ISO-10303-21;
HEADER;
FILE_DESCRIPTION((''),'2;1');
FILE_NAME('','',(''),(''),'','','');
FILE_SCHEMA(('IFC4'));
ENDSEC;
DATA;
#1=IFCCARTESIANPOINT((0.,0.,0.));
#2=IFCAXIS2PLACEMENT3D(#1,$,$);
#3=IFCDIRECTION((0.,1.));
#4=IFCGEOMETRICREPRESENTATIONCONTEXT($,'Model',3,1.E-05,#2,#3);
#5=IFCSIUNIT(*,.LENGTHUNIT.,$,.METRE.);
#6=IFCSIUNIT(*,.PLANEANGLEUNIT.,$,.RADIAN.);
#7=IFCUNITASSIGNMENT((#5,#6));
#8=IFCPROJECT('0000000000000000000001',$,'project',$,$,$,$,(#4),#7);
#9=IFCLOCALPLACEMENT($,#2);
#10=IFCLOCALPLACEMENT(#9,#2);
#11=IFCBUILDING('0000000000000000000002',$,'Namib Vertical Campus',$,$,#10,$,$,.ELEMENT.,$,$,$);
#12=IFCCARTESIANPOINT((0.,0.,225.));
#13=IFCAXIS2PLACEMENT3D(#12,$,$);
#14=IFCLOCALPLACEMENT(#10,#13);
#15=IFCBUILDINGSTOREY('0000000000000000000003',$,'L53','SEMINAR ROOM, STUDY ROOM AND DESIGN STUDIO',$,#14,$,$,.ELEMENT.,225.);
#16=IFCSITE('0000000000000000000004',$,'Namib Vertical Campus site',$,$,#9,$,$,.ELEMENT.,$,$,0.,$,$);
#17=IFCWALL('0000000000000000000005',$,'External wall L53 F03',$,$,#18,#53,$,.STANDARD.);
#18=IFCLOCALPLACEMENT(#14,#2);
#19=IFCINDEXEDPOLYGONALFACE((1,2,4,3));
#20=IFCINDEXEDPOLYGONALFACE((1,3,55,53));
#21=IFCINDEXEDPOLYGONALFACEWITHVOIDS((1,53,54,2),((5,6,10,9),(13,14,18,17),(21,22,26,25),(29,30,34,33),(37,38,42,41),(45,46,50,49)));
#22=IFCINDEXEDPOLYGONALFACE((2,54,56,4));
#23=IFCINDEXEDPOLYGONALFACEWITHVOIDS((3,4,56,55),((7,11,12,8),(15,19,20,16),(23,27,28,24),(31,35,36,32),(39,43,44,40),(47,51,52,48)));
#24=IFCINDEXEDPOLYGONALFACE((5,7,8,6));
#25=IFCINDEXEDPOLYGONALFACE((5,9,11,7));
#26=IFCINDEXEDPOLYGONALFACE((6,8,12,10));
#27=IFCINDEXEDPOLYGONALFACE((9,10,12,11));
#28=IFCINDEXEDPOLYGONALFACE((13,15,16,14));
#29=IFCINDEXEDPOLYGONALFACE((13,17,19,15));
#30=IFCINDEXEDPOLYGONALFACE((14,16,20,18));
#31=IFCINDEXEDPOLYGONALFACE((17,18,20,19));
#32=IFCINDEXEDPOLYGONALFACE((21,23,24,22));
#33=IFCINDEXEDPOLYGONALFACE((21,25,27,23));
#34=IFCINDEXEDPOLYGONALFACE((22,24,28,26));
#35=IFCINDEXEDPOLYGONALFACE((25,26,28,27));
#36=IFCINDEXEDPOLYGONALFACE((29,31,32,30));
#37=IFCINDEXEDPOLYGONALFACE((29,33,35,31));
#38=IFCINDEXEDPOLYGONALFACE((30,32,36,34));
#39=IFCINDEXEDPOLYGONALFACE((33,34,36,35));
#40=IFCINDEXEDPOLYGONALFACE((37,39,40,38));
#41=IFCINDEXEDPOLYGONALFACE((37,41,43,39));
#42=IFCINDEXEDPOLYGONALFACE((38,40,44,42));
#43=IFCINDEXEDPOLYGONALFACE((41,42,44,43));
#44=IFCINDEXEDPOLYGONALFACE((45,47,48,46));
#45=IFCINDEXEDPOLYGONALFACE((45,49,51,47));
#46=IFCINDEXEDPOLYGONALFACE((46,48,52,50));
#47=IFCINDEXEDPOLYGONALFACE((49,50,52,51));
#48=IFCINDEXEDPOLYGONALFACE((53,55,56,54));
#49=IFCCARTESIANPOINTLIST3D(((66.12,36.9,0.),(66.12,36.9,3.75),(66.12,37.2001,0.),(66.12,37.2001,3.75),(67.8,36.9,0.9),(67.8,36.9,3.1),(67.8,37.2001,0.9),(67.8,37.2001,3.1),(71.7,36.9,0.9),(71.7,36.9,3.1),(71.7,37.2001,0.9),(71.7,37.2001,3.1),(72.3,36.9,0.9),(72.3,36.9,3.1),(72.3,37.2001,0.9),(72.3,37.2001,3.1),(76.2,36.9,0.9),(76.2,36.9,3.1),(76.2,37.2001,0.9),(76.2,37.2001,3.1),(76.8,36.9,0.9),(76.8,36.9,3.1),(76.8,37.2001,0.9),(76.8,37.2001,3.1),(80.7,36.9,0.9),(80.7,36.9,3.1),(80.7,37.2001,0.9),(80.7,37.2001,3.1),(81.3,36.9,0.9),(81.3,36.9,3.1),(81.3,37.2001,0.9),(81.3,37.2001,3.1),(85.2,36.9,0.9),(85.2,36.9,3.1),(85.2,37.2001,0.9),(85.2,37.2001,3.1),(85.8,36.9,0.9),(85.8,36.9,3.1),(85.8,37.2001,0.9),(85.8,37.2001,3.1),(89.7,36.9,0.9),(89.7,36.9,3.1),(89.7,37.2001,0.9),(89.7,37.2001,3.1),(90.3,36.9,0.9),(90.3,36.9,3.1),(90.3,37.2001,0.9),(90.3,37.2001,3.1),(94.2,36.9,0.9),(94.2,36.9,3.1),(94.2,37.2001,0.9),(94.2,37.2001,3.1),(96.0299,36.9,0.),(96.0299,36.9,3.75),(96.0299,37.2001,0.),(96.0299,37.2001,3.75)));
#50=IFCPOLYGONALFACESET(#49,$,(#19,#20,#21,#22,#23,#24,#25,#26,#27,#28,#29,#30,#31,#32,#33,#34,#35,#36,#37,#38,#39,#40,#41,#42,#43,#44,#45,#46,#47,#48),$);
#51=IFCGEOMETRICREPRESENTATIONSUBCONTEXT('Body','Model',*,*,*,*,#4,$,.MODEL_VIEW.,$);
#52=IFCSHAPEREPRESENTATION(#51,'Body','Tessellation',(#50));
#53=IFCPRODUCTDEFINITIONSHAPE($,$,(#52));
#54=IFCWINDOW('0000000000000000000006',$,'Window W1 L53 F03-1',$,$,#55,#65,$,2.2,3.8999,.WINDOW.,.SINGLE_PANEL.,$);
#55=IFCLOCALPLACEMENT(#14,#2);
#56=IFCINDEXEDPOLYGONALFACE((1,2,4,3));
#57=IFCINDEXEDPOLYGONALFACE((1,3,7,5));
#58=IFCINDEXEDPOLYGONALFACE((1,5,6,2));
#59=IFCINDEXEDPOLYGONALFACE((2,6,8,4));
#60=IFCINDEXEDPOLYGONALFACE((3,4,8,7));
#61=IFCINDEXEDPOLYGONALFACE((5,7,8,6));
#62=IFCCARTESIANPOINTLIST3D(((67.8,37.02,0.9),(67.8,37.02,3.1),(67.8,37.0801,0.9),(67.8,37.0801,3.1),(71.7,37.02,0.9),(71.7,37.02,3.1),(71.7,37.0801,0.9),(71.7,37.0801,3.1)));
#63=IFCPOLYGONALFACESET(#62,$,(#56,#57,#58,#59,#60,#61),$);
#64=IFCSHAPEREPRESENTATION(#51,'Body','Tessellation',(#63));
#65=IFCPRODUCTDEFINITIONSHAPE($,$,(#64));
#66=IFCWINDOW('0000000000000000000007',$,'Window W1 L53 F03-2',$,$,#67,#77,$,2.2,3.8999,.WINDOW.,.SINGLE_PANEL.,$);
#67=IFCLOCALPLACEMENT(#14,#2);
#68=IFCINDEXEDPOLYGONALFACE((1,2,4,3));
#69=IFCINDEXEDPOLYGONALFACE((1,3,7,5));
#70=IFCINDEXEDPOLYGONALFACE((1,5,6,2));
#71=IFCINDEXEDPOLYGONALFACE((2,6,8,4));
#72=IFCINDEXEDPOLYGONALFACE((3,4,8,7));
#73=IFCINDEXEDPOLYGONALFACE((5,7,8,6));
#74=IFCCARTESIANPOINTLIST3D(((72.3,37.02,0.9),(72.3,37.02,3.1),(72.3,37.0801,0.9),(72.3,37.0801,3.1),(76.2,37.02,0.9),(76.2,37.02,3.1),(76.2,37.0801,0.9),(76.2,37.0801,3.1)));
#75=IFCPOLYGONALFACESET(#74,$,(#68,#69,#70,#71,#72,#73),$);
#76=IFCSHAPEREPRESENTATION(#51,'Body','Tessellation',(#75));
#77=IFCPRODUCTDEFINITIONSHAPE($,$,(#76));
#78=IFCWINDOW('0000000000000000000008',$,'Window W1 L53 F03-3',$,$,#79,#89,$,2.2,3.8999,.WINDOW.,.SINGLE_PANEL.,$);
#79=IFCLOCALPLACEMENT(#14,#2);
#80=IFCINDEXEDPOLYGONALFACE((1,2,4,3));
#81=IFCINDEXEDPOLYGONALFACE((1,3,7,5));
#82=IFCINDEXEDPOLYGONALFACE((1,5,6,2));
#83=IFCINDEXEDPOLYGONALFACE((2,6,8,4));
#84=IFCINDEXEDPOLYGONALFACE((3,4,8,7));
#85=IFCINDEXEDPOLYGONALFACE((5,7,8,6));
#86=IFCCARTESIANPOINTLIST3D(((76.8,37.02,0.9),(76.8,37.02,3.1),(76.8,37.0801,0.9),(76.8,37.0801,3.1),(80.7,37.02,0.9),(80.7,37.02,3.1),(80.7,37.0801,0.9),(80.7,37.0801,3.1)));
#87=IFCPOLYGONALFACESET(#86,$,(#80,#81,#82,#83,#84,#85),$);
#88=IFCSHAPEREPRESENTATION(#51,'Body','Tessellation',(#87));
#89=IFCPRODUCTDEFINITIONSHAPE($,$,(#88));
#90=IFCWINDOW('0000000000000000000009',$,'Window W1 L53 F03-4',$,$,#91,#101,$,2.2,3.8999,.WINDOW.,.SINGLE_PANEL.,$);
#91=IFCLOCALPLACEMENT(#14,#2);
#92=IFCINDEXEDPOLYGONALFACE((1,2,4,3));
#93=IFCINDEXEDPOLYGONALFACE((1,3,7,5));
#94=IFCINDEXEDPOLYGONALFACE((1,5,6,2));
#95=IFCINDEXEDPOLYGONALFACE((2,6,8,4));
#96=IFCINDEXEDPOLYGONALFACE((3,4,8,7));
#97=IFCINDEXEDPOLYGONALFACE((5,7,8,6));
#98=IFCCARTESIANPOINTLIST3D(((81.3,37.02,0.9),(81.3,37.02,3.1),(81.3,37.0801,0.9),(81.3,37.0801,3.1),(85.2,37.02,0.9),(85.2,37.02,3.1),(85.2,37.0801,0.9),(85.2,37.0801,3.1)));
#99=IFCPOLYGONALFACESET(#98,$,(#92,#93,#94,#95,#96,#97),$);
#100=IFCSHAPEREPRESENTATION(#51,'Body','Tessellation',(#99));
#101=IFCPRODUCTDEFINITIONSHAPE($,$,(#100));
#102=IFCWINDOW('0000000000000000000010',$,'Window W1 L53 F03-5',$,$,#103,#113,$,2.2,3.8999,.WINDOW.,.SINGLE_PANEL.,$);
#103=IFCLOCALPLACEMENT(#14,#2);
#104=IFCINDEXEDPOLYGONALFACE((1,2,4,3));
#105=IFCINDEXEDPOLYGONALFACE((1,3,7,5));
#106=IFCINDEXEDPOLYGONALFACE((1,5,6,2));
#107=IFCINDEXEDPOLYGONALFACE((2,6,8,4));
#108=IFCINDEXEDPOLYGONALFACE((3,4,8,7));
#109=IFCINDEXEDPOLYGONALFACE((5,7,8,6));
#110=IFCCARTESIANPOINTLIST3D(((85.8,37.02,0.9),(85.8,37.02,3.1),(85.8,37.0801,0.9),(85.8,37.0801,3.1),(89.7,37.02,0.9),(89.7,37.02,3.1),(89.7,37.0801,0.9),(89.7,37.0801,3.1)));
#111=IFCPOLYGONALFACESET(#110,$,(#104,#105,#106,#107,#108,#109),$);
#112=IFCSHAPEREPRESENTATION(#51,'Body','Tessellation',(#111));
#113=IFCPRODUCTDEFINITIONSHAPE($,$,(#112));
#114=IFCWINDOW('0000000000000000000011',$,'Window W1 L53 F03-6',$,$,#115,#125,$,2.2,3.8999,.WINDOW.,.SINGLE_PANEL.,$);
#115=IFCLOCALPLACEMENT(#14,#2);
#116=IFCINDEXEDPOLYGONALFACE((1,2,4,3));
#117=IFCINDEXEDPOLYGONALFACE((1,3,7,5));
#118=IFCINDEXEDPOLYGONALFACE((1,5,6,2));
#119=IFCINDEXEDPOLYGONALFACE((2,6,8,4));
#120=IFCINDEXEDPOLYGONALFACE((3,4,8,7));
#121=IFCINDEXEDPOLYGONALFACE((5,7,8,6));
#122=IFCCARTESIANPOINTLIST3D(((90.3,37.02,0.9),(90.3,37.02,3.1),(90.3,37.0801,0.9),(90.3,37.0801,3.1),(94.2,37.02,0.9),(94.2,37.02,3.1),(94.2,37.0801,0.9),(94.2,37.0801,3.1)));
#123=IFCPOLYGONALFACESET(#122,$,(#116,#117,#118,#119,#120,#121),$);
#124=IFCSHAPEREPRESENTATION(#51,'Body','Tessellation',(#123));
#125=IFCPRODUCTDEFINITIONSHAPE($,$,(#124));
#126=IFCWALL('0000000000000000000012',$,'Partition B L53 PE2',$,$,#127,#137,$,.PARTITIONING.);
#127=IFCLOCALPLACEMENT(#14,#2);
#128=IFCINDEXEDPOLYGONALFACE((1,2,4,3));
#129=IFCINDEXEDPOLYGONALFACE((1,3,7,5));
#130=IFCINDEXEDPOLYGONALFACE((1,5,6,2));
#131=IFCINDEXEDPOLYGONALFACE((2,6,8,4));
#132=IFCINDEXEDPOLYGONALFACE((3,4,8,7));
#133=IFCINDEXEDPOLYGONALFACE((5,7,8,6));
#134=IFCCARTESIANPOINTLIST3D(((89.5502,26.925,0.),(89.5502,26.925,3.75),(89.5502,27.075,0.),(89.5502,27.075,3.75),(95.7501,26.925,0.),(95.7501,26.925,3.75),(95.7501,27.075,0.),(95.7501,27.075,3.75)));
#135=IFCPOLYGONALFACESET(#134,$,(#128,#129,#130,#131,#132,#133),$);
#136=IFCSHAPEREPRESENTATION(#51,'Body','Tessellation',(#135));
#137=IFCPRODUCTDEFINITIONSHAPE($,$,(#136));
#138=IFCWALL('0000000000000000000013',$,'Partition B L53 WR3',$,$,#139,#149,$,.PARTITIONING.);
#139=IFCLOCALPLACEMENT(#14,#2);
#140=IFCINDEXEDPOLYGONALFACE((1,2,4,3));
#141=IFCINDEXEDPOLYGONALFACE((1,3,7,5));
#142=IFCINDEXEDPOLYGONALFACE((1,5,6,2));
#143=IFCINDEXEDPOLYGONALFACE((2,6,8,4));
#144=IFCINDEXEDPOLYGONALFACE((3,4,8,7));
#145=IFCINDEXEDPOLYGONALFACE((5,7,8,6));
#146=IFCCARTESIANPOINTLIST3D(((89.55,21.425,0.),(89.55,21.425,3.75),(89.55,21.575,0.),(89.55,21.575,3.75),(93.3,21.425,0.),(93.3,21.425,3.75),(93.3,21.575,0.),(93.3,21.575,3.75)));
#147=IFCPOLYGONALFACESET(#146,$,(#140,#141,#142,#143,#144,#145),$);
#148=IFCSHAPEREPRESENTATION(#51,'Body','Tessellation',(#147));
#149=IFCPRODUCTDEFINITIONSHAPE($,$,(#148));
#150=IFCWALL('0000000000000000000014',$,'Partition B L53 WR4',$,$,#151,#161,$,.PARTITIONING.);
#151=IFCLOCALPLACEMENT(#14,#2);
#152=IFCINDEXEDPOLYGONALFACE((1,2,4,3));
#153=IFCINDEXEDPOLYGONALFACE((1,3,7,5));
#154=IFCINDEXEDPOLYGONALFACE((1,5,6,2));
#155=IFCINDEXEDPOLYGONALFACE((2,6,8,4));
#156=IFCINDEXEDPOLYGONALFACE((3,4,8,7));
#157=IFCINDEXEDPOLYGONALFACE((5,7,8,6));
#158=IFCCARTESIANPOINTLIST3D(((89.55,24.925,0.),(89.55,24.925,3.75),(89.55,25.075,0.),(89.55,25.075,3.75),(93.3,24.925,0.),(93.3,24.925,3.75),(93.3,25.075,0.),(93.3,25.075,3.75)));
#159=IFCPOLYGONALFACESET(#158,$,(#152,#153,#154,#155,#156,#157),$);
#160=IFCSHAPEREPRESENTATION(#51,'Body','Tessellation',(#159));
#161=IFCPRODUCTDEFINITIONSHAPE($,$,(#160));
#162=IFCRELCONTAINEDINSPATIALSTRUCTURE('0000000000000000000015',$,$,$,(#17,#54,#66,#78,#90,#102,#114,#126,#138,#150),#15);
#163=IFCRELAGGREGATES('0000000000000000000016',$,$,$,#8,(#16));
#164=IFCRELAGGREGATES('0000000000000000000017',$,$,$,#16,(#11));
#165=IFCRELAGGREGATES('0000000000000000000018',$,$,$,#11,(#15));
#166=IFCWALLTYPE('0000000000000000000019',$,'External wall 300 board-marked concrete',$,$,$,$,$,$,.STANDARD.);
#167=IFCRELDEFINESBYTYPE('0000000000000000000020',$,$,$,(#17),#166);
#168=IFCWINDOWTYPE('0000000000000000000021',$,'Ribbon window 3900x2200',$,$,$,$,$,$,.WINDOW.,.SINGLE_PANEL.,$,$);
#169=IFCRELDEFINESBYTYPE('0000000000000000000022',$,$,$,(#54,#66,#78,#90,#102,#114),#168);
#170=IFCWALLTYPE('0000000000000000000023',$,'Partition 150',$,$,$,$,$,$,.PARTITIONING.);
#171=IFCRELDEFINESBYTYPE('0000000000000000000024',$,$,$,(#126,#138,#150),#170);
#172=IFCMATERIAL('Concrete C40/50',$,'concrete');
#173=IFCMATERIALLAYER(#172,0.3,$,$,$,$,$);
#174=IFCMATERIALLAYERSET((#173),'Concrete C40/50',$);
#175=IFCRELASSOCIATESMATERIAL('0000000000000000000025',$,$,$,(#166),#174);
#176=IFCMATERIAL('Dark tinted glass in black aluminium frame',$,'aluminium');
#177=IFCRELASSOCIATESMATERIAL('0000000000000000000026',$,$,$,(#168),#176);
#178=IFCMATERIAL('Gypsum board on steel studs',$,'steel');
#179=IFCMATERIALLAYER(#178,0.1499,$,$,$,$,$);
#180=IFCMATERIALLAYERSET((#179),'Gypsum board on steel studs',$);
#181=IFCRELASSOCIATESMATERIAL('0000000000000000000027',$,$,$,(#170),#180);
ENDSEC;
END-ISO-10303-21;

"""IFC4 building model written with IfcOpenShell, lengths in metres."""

from ifc_helpers import new_model, si_unit, direction, frame, frame_2d, origin, place, context, subcontext, project, spatial, rectangle, extrude, material, layer, layer_set, type_object, element, fill, save


model = new_model("IFC4")

# Units and contexts
model_context = context("Model", 3, precision=1e-05, world=origin(), true_north=direction((0.0, 1.0)))
body_context = subcontext(model_context, "Body", "Model", "MODEL_VIEW")
ifc_project = project(units=[si_unit("LENGTHUNIT", "METRE"), si_unit("PLANEANGLEUNIT", "RADIAN")], contexts=[model_context])

# Site, building, storey
site_placement = place(None, origin())
site = spatial("IfcSite", under=ifc_project, at=site_placement, Name="Namib Vertical Campus site", CompositionType="ELEMENT", RefElevation=0.0)
building_placement = place(site_placement, origin())
building = spatial("IfcBuilding", under=site, at=building_placement, Name="Namib Vertical Campus", CompositionType="ELEMENT")
storey_placement = place(building_placement, frame((0.0, 0.0, 225.0)))
storey = spatial("IfcBuildingStorey", under=building, at=storey_placement, Name="L53", Description="SEMINAR ROOM, STUDY ROOM AND DESIGN STUDIO", CompositionType="ELEMENT", Elevation=225.0)

# Wall, openings, windows
ifc_material_1 = material(Name="Concrete C40/50", Category="concrete")
ifc_layer_1 = layer(ifc_material_1, 0.3)
ifc_layer_set_1 = layer_set([ifc_layer_1], Name="Concrete C40/50")
wall_type_1 = type_object("IfcWallType", Name="External wall 300 board-marked concrete", PredefinedType="STANDARD", material=ifc_layer_set_1)
wall_1_placement = place(storey_placement, frame((96.03, 37.05, 0.0), z_axis=(0.0, 0.0, 1.0), x_axis=(-1.0, 0.0, 0.0)))
wall_1 = element("IfcWall", 1, at=wall_1_placement, inside=storey, type_object=wall_type_1, Name="External wall L53 F03", PredefinedType="STANDARD", context=body_context, shape_type="SweptSolid", body=[
    extrude(rectangle(XDim=29.9099, YDim=0.3, at=frame_2d((14.9551, 0.0))), origin(), (0.0, 0.0, 1.0), 3.75),
])
opening_1_placement = place(wall_1_placement, frame((24.3301, 0.0, 0.8999)))
opening_1 = element("IfcOpeningElement", 2, at=opening_1_placement, cuts=wall_1, PredefinedType="OPENING", context=body_context, shape_type="SweptSolid", body=[
    extrude(rectangle(XDim=3.8999, YDim=2.2, at=frame_2d((1.95, 1.1001))), frame((0.0, 0.1599, 0.0), z_axis=(0.0, -1.0, 0.0), x_axis=(1.0, 0.0, 0.0)), (0.0, 0.0, 1.0), 0.3201),
])
opening_2_placement = place(wall_1_placement, frame((19.8301, 0.0, 0.8999)))
opening_2 = element("IfcOpeningElement", 3, at=opening_2_placement, cuts=wall_1, PredefinedType="OPENING", context=body_context, shape_type="SweptSolid", body=[
    extrude(rectangle(XDim=3.8999, YDim=2.2, at=frame_2d((1.95, 1.1001))), frame((0.0, 0.1599, 0.0), z_axis=(0.0, -1.0, 0.0), x_axis=(1.0, 0.0, 0.0)), (0.0, 0.0, 1.0), 0.3201),
])
opening_3_placement = place(wall_1_placement, frame((15.3301, 0.0, 0.8999)))
opening_3 = element("IfcOpeningElement", 4, at=opening_3_placement, cuts=wall_1, PredefinedType="OPENING", context=body_context, shape_type="SweptSolid", body=[
    extrude(rectangle(XDim=3.8999, YDim=2.2, at=frame_2d((1.95, 1.1001))), frame((0.0, 0.1599, 0.0), z_axis=(0.0, -1.0, 0.0), x_axis=(1.0, 0.0, 0.0)), (0.0, 0.0, 1.0), 0.3201),
])
opening_4_placement = place(wall_1_placement, frame((10.8301, 0.0, 0.8999)))
opening_4 = element("IfcOpeningElement", 5, at=opening_4_placement, cuts=wall_1, PredefinedType="OPENING", context=body_context, shape_type="SweptSolid", body=[
    extrude(rectangle(XDim=3.8999, YDim=2.2, at=frame_2d((1.95, 1.1001))), frame((0.0, 0.1599, 0.0), z_axis=(0.0, -1.0, 0.0), x_axis=(1.0, 0.0, 0.0)), (0.0, 0.0, 1.0), 0.3201),
])
opening_5_placement = place(wall_1_placement, frame((6.3301, 0.0, 0.8999)))
opening_5 = element("IfcOpeningElement", 6, at=opening_5_placement, cuts=wall_1, PredefinedType="OPENING", context=body_context, shape_type="SweptSolid", body=[
    extrude(rectangle(XDim=3.8999, YDim=2.2, at=frame_2d((1.95, 1.1001))), frame((0.0, 0.1599, 0.0), z_axis=(0.0, -1.0, 0.0), x_axis=(1.0, 0.0, 0.0)), (0.0, 0.0, 1.0), 0.3201),
])
opening_6_placement = place(wall_1_placement, frame((1.8301, 0.0, 0.8999)))
opening_6 = element("IfcOpeningElement", 7, at=opening_6_placement, cuts=wall_1, PredefinedType="OPENING", context=body_context, shape_type="SweptSolid", body=[
    extrude(rectangle(XDim=3.8999, YDim=2.2, at=frame_2d((1.95, 1.1001))), frame((0.0, 0.1599, 0.0), z_axis=(0.0, -1.0, 0.0), x_axis=(1.0, 0.0, 0.0)), (0.0, 0.0, 1.0), 0.3201),
])
ifc_material_2 = material(Name="Dark tinted glass in black aluminium frame", Category="aluminium")
window_type = type_object("IfcWindowType", Name="Ribbon window 3900x2200", PartitioningType="SINGLE_PANEL", PredefinedType="WINDOW", material=ifc_material_2)
window_1_placement = place(opening_1_placement, origin())
window_1 = element("IfcWindow", 8, at=window_1_placement, inside=storey, type_object=window_type, Name="Window W1 L53 F03-1", OverallHeight=2.2, OverallWidth=3.8999, PartitioningType="SINGLE_PANEL", PredefinedType="WINDOW", context=body_context, shape_type="SweptSolid", body=[
    extrude(rectangle(XDim=3.8999, YDim=2.2, at=frame_2d((1.95, 1.1001))), frame((0.0, 0.03, 0.0), z_axis=(0.0, -1.0, 0.0), x_axis=(1.0, 0.0, 0.0)), (0.0, 0.0, 1.0), 0.0601),
])
fill(opening_1, window_1)
window_2_placement = place(opening_2_placement, origin())
window_2 = element("IfcWindow", 9, at=window_2_placement, inside=storey, type_object=window_type, Name="Window W1 L53 F03-2", OverallHeight=2.2, OverallWidth=3.8999, PartitioningType="SINGLE_PANEL", PredefinedType="WINDOW", context=body_context, shape_type="SweptSolid", body=[
    extrude(rectangle(XDim=3.8999, YDim=2.2, at=frame_2d((1.95, 1.1001))), frame((0.0, 0.03, 0.0), z_axis=(0.0, -1.0, 0.0), x_axis=(1.0, 0.0, 0.0)), (0.0, 0.0, 1.0), 0.0601),
])
fill(opening_2, window_2)
window_3_placement = place(opening_3_placement, origin())
window_3 = element("IfcWindow", 10, at=window_3_placement, inside=storey, type_object=window_type, Name="Window W1 L53 F03-3", OverallHeight=2.2, OverallWidth=3.8999, PartitioningType="SINGLE_PANEL", PredefinedType="WINDOW", context=body_context, shape_type="SweptSolid", body=[
    extrude(rectangle(XDim=3.8999, YDim=2.2, at=frame_2d((1.95, 1.1001))), frame((0.0, 0.03, 0.0), z_axis=(0.0, -1.0, 0.0), x_axis=(1.0, 0.0, 0.0)), (0.0, 0.0, 1.0), 0.0601),
])
fill(opening_3, window_3)
window_4_placement = place(opening_4_placement, origin())
window_4 = element("IfcWindow", 11, at=window_4_placement, inside=storey, type_object=window_type, Name="Window W1 L53 F03-4", OverallHeight=2.2, OverallWidth=3.8999, PartitioningType="SINGLE_PANEL", PredefinedType="WINDOW", context=body_context, shape_type="SweptSolid", body=[
    extrude(rectangle(XDim=3.8999, YDim=2.2, at=frame_2d((1.95, 1.1001))), frame((0.0, 0.03, 0.0), z_axis=(0.0, -1.0, 0.0), x_axis=(1.0, 0.0, 0.0)), (0.0, 0.0, 1.0), 0.0601),
])
fill(opening_4, window_4)
window_5_placement = place(opening_5_placement, origin())
window_5 = element("IfcWindow", 12, at=window_5_placement, inside=storey, type_object=window_type, Name="Window W1 L53 F03-5", OverallHeight=2.2, OverallWidth=3.8999, PartitioningType="SINGLE_PANEL", PredefinedType="WINDOW", context=body_context, shape_type="SweptSolid", body=[
    extrude(rectangle(XDim=3.8999, YDim=2.2, at=frame_2d((1.95, 1.1001))), frame((0.0, 0.03, 0.0), z_axis=(0.0, -1.0, 0.0), x_axis=(1.0, 0.0, 0.0)), (0.0, 0.0, 1.0), 0.0601),
])
fill(opening_5, window_5)
window_6_placement = place(opening_6_placement, origin())
window_6 = element("IfcWindow", 13, at=window_6_placement, inside=storey, type_object=window_type, Name="Window W1 L53 F03-6", OverallHeight=2.2, OverallWidth=3.8999, PartitioningType="SINGLE_PANEL", PredefinedType="WINDOW", context=body_context, shape_type="SweptSolid", body=[
    extrude(rectangle(XDim=3.8999, YDim=2.2, at=frame_2d((1.95, 1.1001))), frame((0.0, 0.03, 0.0), z_axis=(0.0, -1.0, 0.0), x_axis=(1.0, 0.0, 0.0)), (0.0, 0.0, 1.0), 0.0601),
])
fill(opening_6, window_6)

# Walls
ifc_material_3 = material(Name="Gypsum board on steel studs", Category="steel")
ifc_layer_2 = layer(ifc_material_3, 0.1499)
ifc_layer_set_2 = layer_set([ifc_layer_2], Name="Gypsum board on steel studs")
wall_type_2 = type_object("IfcWallType", Name="Partition 150", PredefinedType="PARTITIONING", material=ifc_layer_set_2)
wall_2_placement = place(storey_placement, frame((89.55, 27.0, 0.0), z_axis=(0.0, 0.0, 1.0), x_axis=(1.0, 0.0, 0.0)))
element("IfcWall", 14, at=wall_2_placement, inside=storey, type_object=wall_type_2, Name="Partition B L53 PE2", PredefinedType="PARTITIONING", context=body_context, shape_type="SweptSolid", body=[
    extrude(rectangle(XDim=6.2, YDim=0.1499, at=frame_2d((3.1001, 0.0))), origin(), (0.0, 0.0, 1.0), 3.75),
])
for number, where, z_axis, x_axis, name in (
    (15, (89.55, 21.5, 0.0), (0.0, 0.0, 1.0), (1.0, 0.0, 0.0), "Partition B L53 WR3"),
    (16, (89.55, 25.0, 0.0), (0.0, 0.0, 1.0), (1.0, 0.0, 0.0), "Partition B L53 WR4"),
):
    element("IfcWall", number, at=place(storey_placement, frame(where, z_axis=z_axis, x_axis=x_axis)), inside=storey, type_object=wall_type_2, Name=name, PredefinedType="PARTITIONING", context=body_context, shape_type="SweptSolid", body=[
        extrude(rectangle(XDim=3.75, YDim=0.1499, at=frame_2d((1.875, 0.0))), origin(), (0.0, 0.0, 1.0), 3.75),
    ])

save(model, "model.ifc")
